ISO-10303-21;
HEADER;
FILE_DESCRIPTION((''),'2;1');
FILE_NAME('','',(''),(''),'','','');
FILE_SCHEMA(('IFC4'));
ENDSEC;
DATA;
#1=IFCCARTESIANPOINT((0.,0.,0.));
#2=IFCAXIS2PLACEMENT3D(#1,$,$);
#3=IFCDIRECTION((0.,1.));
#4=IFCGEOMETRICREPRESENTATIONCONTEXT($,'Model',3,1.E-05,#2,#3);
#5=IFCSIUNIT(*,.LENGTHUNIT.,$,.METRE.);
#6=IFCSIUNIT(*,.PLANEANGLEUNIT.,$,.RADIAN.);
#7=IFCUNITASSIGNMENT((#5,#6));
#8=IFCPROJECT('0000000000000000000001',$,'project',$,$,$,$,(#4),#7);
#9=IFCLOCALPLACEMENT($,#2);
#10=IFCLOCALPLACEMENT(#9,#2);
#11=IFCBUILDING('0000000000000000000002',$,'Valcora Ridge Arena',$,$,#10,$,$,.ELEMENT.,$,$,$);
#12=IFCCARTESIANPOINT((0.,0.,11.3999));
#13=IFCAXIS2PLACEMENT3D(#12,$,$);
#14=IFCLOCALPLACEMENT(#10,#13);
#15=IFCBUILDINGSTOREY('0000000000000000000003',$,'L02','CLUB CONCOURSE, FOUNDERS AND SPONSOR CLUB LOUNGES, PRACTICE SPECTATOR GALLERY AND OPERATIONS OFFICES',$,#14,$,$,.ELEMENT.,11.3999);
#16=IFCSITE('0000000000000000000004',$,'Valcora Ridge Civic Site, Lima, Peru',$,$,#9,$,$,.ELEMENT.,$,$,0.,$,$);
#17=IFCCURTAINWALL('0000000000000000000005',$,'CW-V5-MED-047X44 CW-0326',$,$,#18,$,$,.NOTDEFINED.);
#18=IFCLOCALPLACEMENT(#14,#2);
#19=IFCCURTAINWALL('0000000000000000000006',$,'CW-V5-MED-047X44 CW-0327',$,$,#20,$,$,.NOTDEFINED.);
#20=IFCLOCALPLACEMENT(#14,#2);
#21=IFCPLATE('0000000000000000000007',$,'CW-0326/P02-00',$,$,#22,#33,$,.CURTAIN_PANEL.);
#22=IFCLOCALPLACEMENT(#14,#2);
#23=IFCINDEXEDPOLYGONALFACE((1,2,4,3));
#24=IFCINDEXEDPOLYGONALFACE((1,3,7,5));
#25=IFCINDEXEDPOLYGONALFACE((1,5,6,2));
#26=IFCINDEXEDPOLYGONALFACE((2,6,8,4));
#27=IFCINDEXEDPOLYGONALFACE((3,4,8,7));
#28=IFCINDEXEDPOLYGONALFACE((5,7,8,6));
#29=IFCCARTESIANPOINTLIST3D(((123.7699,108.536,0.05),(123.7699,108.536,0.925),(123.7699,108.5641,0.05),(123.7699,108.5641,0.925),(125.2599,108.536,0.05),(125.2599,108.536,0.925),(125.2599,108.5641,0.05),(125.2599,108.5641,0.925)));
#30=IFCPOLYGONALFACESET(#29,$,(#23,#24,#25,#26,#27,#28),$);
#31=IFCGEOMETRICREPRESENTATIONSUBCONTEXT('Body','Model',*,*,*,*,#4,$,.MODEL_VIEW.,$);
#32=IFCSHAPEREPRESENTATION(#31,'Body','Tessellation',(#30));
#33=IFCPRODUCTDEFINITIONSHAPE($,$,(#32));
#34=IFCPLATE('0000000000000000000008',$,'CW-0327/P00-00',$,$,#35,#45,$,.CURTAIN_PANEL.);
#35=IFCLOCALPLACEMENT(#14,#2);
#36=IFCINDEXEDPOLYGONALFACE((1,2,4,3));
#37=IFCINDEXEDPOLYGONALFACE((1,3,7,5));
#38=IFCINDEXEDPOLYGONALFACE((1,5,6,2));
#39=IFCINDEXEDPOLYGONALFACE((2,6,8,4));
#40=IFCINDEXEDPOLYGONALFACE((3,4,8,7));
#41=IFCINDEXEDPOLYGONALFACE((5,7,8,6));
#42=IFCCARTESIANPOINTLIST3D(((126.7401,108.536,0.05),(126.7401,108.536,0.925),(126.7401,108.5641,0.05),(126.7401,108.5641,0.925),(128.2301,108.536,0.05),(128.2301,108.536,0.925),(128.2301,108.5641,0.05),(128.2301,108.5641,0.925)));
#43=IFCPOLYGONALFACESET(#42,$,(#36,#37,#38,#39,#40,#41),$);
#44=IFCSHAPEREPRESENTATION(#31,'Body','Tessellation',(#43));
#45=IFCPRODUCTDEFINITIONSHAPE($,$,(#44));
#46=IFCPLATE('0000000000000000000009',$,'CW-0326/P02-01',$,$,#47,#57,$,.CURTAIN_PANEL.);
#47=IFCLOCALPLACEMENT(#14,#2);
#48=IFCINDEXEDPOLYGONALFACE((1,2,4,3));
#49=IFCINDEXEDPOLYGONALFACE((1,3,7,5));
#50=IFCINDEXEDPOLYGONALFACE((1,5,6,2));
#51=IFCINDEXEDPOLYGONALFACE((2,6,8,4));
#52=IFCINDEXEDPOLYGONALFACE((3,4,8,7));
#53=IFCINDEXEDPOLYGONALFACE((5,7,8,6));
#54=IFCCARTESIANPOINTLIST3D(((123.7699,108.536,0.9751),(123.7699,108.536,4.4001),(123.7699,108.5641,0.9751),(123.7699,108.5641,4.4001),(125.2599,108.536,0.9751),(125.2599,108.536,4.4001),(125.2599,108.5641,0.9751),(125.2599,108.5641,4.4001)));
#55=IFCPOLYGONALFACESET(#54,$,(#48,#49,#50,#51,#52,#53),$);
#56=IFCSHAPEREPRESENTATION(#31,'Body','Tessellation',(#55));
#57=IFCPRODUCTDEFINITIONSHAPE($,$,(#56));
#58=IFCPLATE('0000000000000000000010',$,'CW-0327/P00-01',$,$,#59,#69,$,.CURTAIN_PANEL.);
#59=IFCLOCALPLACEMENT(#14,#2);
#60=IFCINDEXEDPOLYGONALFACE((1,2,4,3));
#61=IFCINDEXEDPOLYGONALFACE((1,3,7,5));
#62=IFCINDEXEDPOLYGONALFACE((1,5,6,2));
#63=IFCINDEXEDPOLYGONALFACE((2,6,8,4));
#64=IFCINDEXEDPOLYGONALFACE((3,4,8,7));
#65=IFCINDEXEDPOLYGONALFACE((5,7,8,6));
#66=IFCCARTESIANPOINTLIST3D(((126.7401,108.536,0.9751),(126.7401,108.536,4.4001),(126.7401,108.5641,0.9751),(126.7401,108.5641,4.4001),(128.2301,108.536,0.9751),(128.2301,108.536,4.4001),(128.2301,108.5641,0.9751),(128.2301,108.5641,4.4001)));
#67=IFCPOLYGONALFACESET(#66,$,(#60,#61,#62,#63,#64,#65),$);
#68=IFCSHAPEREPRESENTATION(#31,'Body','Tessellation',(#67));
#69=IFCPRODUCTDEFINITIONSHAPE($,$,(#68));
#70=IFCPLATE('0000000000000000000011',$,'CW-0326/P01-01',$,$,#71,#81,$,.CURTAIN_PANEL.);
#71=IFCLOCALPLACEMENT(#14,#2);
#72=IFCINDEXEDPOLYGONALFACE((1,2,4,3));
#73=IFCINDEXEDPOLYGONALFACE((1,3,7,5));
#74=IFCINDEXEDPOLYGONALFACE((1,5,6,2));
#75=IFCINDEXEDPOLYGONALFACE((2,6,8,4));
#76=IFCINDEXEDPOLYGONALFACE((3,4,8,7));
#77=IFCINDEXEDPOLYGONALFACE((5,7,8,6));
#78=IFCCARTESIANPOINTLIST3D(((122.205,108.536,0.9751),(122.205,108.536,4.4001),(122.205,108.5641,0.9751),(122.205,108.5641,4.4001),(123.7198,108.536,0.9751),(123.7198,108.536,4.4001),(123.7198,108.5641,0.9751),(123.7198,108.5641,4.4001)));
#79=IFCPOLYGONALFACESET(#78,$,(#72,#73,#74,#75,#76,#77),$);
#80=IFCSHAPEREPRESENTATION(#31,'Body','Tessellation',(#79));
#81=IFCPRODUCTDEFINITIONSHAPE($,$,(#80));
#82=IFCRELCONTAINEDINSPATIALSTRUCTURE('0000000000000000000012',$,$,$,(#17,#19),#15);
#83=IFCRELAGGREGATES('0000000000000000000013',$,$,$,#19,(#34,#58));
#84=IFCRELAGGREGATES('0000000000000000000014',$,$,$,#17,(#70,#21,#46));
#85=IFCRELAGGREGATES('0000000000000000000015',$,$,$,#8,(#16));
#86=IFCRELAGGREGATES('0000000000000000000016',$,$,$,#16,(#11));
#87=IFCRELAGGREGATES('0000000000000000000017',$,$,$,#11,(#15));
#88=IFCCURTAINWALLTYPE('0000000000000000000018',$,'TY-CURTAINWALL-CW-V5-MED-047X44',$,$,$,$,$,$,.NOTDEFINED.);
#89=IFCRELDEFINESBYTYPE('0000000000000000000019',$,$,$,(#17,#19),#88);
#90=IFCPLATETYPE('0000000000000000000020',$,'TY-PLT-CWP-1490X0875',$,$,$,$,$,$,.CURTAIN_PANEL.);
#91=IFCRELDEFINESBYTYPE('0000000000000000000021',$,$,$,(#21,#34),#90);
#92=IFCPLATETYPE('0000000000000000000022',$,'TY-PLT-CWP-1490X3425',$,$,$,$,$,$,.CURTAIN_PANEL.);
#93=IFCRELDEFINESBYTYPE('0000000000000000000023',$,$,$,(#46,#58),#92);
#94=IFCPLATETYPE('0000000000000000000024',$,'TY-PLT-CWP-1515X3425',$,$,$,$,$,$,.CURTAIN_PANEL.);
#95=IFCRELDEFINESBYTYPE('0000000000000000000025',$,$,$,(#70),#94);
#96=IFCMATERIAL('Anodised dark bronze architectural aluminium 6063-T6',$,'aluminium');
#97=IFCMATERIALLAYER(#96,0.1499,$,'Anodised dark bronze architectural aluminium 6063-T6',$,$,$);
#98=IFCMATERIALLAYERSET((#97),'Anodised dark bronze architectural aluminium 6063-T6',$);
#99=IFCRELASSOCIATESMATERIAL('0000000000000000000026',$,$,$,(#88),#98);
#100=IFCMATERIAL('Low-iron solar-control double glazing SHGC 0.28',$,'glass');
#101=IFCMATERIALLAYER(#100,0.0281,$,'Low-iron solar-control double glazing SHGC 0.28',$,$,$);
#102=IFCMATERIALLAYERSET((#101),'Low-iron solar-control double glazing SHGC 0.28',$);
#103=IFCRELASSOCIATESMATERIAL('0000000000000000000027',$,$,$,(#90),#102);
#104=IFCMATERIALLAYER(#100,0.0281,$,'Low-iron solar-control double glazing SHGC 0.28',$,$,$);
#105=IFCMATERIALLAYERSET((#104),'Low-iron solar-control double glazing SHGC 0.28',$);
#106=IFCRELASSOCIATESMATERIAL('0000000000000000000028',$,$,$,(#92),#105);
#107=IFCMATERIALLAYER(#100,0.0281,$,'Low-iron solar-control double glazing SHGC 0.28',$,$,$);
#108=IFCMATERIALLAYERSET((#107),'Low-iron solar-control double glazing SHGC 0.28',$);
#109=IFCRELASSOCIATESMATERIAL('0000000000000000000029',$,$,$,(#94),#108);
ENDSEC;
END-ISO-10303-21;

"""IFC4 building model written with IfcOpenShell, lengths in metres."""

from ifc_helpers import new_model, si_unit, direction, frame, origin, origin_2d, place, context, subcontext, project, spatial, rectangle, extrude, material, layer, layer_set, type_object, element, aggregate, save


model = new_model("IFC4")

# Units and contexts
model_context = context("Model", 3, precision=1e-05, world=origin(), true_north=direction((0.0, 1.0)))
body_context = subcontext(model_context, "Body", "Model", "MODEL_VIEW")
ifc_project = project(units=[si_unit("LENGTHUNIT", "METRE"), si_unit("PLANEANGLEUNIT", "RADIAN")], contexts=[model_context])

# Site, building, storey
site_placement = place(None, origin())
site = spatial("IfcSite", under=ifc_project, at=site_placement, Name="Valcora Ridge Civic Site, Lima, Peru", CompositionType="ELEMENT", RefElevation=0.0)
building_placement = place(site_placement, origin())
building = spatial("IfcBuilding", under=site, at=building_placement, Name="Valcora Ridge Arena", CompositionType="ELEMENT")
storey_placement = place(building_placement, frame((0.0, 0.0, 11.3999)))
storey = spatial("IfcBuildingStorey", under=building, at=storey_placement, Name="L02", Description="CLUB CONCOURSE, FOUNDERS AND SPONSOR CLUB LOUNGES, PRACTICE SPECTATOR GALLERY AND OPERATIONS OFFICES", CompositionType="ELEMENT", Elevation=11.3999)

# Curtain walls
ifc_material_1 = material(Name="Anodised dark bronze architectural aluminium 6063-T6", Category="aluminium")
ifc_layer_1 = layer(ifc_material_1, 0.1499, Name="Anodised dark bronze architectural aluminium 6063-T6")
ifc_layer_set_1 = layer_set([ifc_layer_1], Name="Anodised dark bronze architectural aluminium 6063-T6")
curtain_wall_type = type_object("IfcCurtainWallType", Name="TY-CURTAINWALL-CW-V5-MED-047X44", PredefinedType="NOTDEFINED", material=ifc_layer_set_1)
curtain_wall_1_placement = place(storey_placement, origin())
curtain_wall_1 = element("IfcCurtainWall", 1, at=curtain_wall_1_placement, inside=storey, type_object=curtain_wall_type, Name="CW-V5-MED-047X44 CW-0326", PredefinedType="NOTDEFINED")
curtain_wall_2_placement = place(storey_placement, origin())
curtain_wall_2 = element("IfcCurtainWall", 2, at=curtain_wall_2_placement, inside=storey, type_object=curtain_wall_type, Name="CW-V5-MED-047X44 CW-0327", PredefinedType="NOTDEFINED")

# Plates
ifc_material_2 = material(Name="Low-iron solar-control double glazing SHGC 0.28", Category="glass")
ifc_layer_2 = layer(ifc_material_2, 0.0281, Name="Low-iron solar-control double glazing SHGC 0.28")
ifc_layer_set_2 = layer_set([ifc_layer_2], Name="Low-iron solar-control double glazing SHGC 0.28")
plate_type_1 = type_object("IfcPlateType", Name="TY-PLT-CWP-1490X0875", PredefinedType="CURTAIN_PANEL", material=ifc_layer_set_2)
plate_1_placement = place(storey_placement, frame((124.5149, 108.55, 0.05), z_axis=(0.0, 0.0, 1.0), x_axis=(1.0, 0.0, 0.0)))
plate_1 = element("IfcPlate", 3, at=plate_1_placement, type_object=plate_type_1, Name="CW-0326/P02-00", PredefinedType="CURTAIN_PANEL", context=body_context, shape_type="SweptSolid", body=[
    extrude(rectangle(XDim=1.49, YDim=0.0281, at=origin_2d()), origin(), (0.0, 0.0, 1.0), 0.875),
])
plate_2_placement = place(storey_placement, frame((127.4851, 108.55, 0.05), z_axis=(0.0, 0.0, 1.0), x_axis=(1.0, 0.0, 0.0)))
plate_2 = element("IfcPlate", 4, at=plate_2_placement, type_object=plate_type_1, Name="CW-0327/P00-00", PredefinedType="CURTAIN_PANEL", context=body_context, shape_type="SweptSolid", body=[
    extrude(rectangle(XDim=1.49, YDim=0.0281, at=origin_2d()), origin(), (0.0, 0.0, 1.0), 0.875),
])
ifc_layer_3 = layer(ifc_material_2, 0.0281, Name="Low-iron solar-control double glazing SHGC 0.28")
ifc_layer_set_3 = layer_set([ifc_layer_3], Name="Low-iron solar-control double glazing SHGC 0.28")
plate_type_2 = type_object("IfcPlateType", Name="TY-PLT-CWP-1490X3425", PredefinedType="CURTAIN_PANEL", material=ifc_layer_set_3)
plate_3_placement = place(storey_placement, frame((124.5149, 108.55, 0.9751), z_axis=(0.0, 0.0, 1.0), x_axis=(1.0, 0.0, 0.0)))
plate_3 = element("IfcPlate", 5, at=plate_3_placement, type_object=plate_type_2, Name="CW-0326/P02-01", PredefinedType="CURTAIN_PANEL", context=body_context, shape_type="SweptSolid", body=[
    extrude(rectangle(XDim=1.49, YDim=0.0281, at=origin_2d()), origin(), (0.0, 0.0, 1.0), 3.425),
])
plate_4_placement = place(storey_placement, frame((127.4851, 108.55, 0.9751), z_axis=(0.0, 0.0, 1.0), x_axis=(1.0, 0.0, 0.0)))
plate_4 = element("IfcPlate", 6, at=plate_4_placement, type_object=plate_type_2, Name="CW-0327/P00-01", PredefinedType="CURTAIN_PANEL", context=body_context, shape_type="SweptSolid", body=[
    extrude(rectangle(XDim=1.49, YDim=0.0281, at=origin_2d()), origin(), (0.0, 0.0, 1.0), 3.425),
])
aggregate(curtain_wall_2, [plate_2, plate_4])
ifc_layer_4 = layer(ifc_material_2, 0.0281, Name="Low-iron solar-control double glazing SHGC 0.28")
ifc_layer_set_4 = layer_set([ifc_layer_4], Name="Low-iron solar-control double glazing SHGC 0.28")
plate_type_3 = type_object("IfcPlateType", Name="TY-PLT-CWP-1515X3425", PredefinedType="CURTAIN_PANEL", material=ifc_layer_set_4)
plate_5_placement = place(storey_placement, frame((122.9624, 108.55, 0.9751), z_axis=(0.0, 0.0, 1.0), x_axis=(1.0, 0.0, 0.0)))
plate_5 = element("IfcPlate", 7, at=plate_5_placement, type_object=plate_type_3, Name="CW-0326/P01-01", PredefinedType="CURTAIN_PANEL", context=body_context, shape_type="SweptSolid", body=[
    extrude(rectangle(XDim=1.5149, YDim=0.0281, at=origin_2d()), origin(), (0.0, 0.0, 1.0), 3.425),
])
aggregate(curtain_wall_1, [plate_5, plate_1, plate_3])

save(model, "model.ifc")
